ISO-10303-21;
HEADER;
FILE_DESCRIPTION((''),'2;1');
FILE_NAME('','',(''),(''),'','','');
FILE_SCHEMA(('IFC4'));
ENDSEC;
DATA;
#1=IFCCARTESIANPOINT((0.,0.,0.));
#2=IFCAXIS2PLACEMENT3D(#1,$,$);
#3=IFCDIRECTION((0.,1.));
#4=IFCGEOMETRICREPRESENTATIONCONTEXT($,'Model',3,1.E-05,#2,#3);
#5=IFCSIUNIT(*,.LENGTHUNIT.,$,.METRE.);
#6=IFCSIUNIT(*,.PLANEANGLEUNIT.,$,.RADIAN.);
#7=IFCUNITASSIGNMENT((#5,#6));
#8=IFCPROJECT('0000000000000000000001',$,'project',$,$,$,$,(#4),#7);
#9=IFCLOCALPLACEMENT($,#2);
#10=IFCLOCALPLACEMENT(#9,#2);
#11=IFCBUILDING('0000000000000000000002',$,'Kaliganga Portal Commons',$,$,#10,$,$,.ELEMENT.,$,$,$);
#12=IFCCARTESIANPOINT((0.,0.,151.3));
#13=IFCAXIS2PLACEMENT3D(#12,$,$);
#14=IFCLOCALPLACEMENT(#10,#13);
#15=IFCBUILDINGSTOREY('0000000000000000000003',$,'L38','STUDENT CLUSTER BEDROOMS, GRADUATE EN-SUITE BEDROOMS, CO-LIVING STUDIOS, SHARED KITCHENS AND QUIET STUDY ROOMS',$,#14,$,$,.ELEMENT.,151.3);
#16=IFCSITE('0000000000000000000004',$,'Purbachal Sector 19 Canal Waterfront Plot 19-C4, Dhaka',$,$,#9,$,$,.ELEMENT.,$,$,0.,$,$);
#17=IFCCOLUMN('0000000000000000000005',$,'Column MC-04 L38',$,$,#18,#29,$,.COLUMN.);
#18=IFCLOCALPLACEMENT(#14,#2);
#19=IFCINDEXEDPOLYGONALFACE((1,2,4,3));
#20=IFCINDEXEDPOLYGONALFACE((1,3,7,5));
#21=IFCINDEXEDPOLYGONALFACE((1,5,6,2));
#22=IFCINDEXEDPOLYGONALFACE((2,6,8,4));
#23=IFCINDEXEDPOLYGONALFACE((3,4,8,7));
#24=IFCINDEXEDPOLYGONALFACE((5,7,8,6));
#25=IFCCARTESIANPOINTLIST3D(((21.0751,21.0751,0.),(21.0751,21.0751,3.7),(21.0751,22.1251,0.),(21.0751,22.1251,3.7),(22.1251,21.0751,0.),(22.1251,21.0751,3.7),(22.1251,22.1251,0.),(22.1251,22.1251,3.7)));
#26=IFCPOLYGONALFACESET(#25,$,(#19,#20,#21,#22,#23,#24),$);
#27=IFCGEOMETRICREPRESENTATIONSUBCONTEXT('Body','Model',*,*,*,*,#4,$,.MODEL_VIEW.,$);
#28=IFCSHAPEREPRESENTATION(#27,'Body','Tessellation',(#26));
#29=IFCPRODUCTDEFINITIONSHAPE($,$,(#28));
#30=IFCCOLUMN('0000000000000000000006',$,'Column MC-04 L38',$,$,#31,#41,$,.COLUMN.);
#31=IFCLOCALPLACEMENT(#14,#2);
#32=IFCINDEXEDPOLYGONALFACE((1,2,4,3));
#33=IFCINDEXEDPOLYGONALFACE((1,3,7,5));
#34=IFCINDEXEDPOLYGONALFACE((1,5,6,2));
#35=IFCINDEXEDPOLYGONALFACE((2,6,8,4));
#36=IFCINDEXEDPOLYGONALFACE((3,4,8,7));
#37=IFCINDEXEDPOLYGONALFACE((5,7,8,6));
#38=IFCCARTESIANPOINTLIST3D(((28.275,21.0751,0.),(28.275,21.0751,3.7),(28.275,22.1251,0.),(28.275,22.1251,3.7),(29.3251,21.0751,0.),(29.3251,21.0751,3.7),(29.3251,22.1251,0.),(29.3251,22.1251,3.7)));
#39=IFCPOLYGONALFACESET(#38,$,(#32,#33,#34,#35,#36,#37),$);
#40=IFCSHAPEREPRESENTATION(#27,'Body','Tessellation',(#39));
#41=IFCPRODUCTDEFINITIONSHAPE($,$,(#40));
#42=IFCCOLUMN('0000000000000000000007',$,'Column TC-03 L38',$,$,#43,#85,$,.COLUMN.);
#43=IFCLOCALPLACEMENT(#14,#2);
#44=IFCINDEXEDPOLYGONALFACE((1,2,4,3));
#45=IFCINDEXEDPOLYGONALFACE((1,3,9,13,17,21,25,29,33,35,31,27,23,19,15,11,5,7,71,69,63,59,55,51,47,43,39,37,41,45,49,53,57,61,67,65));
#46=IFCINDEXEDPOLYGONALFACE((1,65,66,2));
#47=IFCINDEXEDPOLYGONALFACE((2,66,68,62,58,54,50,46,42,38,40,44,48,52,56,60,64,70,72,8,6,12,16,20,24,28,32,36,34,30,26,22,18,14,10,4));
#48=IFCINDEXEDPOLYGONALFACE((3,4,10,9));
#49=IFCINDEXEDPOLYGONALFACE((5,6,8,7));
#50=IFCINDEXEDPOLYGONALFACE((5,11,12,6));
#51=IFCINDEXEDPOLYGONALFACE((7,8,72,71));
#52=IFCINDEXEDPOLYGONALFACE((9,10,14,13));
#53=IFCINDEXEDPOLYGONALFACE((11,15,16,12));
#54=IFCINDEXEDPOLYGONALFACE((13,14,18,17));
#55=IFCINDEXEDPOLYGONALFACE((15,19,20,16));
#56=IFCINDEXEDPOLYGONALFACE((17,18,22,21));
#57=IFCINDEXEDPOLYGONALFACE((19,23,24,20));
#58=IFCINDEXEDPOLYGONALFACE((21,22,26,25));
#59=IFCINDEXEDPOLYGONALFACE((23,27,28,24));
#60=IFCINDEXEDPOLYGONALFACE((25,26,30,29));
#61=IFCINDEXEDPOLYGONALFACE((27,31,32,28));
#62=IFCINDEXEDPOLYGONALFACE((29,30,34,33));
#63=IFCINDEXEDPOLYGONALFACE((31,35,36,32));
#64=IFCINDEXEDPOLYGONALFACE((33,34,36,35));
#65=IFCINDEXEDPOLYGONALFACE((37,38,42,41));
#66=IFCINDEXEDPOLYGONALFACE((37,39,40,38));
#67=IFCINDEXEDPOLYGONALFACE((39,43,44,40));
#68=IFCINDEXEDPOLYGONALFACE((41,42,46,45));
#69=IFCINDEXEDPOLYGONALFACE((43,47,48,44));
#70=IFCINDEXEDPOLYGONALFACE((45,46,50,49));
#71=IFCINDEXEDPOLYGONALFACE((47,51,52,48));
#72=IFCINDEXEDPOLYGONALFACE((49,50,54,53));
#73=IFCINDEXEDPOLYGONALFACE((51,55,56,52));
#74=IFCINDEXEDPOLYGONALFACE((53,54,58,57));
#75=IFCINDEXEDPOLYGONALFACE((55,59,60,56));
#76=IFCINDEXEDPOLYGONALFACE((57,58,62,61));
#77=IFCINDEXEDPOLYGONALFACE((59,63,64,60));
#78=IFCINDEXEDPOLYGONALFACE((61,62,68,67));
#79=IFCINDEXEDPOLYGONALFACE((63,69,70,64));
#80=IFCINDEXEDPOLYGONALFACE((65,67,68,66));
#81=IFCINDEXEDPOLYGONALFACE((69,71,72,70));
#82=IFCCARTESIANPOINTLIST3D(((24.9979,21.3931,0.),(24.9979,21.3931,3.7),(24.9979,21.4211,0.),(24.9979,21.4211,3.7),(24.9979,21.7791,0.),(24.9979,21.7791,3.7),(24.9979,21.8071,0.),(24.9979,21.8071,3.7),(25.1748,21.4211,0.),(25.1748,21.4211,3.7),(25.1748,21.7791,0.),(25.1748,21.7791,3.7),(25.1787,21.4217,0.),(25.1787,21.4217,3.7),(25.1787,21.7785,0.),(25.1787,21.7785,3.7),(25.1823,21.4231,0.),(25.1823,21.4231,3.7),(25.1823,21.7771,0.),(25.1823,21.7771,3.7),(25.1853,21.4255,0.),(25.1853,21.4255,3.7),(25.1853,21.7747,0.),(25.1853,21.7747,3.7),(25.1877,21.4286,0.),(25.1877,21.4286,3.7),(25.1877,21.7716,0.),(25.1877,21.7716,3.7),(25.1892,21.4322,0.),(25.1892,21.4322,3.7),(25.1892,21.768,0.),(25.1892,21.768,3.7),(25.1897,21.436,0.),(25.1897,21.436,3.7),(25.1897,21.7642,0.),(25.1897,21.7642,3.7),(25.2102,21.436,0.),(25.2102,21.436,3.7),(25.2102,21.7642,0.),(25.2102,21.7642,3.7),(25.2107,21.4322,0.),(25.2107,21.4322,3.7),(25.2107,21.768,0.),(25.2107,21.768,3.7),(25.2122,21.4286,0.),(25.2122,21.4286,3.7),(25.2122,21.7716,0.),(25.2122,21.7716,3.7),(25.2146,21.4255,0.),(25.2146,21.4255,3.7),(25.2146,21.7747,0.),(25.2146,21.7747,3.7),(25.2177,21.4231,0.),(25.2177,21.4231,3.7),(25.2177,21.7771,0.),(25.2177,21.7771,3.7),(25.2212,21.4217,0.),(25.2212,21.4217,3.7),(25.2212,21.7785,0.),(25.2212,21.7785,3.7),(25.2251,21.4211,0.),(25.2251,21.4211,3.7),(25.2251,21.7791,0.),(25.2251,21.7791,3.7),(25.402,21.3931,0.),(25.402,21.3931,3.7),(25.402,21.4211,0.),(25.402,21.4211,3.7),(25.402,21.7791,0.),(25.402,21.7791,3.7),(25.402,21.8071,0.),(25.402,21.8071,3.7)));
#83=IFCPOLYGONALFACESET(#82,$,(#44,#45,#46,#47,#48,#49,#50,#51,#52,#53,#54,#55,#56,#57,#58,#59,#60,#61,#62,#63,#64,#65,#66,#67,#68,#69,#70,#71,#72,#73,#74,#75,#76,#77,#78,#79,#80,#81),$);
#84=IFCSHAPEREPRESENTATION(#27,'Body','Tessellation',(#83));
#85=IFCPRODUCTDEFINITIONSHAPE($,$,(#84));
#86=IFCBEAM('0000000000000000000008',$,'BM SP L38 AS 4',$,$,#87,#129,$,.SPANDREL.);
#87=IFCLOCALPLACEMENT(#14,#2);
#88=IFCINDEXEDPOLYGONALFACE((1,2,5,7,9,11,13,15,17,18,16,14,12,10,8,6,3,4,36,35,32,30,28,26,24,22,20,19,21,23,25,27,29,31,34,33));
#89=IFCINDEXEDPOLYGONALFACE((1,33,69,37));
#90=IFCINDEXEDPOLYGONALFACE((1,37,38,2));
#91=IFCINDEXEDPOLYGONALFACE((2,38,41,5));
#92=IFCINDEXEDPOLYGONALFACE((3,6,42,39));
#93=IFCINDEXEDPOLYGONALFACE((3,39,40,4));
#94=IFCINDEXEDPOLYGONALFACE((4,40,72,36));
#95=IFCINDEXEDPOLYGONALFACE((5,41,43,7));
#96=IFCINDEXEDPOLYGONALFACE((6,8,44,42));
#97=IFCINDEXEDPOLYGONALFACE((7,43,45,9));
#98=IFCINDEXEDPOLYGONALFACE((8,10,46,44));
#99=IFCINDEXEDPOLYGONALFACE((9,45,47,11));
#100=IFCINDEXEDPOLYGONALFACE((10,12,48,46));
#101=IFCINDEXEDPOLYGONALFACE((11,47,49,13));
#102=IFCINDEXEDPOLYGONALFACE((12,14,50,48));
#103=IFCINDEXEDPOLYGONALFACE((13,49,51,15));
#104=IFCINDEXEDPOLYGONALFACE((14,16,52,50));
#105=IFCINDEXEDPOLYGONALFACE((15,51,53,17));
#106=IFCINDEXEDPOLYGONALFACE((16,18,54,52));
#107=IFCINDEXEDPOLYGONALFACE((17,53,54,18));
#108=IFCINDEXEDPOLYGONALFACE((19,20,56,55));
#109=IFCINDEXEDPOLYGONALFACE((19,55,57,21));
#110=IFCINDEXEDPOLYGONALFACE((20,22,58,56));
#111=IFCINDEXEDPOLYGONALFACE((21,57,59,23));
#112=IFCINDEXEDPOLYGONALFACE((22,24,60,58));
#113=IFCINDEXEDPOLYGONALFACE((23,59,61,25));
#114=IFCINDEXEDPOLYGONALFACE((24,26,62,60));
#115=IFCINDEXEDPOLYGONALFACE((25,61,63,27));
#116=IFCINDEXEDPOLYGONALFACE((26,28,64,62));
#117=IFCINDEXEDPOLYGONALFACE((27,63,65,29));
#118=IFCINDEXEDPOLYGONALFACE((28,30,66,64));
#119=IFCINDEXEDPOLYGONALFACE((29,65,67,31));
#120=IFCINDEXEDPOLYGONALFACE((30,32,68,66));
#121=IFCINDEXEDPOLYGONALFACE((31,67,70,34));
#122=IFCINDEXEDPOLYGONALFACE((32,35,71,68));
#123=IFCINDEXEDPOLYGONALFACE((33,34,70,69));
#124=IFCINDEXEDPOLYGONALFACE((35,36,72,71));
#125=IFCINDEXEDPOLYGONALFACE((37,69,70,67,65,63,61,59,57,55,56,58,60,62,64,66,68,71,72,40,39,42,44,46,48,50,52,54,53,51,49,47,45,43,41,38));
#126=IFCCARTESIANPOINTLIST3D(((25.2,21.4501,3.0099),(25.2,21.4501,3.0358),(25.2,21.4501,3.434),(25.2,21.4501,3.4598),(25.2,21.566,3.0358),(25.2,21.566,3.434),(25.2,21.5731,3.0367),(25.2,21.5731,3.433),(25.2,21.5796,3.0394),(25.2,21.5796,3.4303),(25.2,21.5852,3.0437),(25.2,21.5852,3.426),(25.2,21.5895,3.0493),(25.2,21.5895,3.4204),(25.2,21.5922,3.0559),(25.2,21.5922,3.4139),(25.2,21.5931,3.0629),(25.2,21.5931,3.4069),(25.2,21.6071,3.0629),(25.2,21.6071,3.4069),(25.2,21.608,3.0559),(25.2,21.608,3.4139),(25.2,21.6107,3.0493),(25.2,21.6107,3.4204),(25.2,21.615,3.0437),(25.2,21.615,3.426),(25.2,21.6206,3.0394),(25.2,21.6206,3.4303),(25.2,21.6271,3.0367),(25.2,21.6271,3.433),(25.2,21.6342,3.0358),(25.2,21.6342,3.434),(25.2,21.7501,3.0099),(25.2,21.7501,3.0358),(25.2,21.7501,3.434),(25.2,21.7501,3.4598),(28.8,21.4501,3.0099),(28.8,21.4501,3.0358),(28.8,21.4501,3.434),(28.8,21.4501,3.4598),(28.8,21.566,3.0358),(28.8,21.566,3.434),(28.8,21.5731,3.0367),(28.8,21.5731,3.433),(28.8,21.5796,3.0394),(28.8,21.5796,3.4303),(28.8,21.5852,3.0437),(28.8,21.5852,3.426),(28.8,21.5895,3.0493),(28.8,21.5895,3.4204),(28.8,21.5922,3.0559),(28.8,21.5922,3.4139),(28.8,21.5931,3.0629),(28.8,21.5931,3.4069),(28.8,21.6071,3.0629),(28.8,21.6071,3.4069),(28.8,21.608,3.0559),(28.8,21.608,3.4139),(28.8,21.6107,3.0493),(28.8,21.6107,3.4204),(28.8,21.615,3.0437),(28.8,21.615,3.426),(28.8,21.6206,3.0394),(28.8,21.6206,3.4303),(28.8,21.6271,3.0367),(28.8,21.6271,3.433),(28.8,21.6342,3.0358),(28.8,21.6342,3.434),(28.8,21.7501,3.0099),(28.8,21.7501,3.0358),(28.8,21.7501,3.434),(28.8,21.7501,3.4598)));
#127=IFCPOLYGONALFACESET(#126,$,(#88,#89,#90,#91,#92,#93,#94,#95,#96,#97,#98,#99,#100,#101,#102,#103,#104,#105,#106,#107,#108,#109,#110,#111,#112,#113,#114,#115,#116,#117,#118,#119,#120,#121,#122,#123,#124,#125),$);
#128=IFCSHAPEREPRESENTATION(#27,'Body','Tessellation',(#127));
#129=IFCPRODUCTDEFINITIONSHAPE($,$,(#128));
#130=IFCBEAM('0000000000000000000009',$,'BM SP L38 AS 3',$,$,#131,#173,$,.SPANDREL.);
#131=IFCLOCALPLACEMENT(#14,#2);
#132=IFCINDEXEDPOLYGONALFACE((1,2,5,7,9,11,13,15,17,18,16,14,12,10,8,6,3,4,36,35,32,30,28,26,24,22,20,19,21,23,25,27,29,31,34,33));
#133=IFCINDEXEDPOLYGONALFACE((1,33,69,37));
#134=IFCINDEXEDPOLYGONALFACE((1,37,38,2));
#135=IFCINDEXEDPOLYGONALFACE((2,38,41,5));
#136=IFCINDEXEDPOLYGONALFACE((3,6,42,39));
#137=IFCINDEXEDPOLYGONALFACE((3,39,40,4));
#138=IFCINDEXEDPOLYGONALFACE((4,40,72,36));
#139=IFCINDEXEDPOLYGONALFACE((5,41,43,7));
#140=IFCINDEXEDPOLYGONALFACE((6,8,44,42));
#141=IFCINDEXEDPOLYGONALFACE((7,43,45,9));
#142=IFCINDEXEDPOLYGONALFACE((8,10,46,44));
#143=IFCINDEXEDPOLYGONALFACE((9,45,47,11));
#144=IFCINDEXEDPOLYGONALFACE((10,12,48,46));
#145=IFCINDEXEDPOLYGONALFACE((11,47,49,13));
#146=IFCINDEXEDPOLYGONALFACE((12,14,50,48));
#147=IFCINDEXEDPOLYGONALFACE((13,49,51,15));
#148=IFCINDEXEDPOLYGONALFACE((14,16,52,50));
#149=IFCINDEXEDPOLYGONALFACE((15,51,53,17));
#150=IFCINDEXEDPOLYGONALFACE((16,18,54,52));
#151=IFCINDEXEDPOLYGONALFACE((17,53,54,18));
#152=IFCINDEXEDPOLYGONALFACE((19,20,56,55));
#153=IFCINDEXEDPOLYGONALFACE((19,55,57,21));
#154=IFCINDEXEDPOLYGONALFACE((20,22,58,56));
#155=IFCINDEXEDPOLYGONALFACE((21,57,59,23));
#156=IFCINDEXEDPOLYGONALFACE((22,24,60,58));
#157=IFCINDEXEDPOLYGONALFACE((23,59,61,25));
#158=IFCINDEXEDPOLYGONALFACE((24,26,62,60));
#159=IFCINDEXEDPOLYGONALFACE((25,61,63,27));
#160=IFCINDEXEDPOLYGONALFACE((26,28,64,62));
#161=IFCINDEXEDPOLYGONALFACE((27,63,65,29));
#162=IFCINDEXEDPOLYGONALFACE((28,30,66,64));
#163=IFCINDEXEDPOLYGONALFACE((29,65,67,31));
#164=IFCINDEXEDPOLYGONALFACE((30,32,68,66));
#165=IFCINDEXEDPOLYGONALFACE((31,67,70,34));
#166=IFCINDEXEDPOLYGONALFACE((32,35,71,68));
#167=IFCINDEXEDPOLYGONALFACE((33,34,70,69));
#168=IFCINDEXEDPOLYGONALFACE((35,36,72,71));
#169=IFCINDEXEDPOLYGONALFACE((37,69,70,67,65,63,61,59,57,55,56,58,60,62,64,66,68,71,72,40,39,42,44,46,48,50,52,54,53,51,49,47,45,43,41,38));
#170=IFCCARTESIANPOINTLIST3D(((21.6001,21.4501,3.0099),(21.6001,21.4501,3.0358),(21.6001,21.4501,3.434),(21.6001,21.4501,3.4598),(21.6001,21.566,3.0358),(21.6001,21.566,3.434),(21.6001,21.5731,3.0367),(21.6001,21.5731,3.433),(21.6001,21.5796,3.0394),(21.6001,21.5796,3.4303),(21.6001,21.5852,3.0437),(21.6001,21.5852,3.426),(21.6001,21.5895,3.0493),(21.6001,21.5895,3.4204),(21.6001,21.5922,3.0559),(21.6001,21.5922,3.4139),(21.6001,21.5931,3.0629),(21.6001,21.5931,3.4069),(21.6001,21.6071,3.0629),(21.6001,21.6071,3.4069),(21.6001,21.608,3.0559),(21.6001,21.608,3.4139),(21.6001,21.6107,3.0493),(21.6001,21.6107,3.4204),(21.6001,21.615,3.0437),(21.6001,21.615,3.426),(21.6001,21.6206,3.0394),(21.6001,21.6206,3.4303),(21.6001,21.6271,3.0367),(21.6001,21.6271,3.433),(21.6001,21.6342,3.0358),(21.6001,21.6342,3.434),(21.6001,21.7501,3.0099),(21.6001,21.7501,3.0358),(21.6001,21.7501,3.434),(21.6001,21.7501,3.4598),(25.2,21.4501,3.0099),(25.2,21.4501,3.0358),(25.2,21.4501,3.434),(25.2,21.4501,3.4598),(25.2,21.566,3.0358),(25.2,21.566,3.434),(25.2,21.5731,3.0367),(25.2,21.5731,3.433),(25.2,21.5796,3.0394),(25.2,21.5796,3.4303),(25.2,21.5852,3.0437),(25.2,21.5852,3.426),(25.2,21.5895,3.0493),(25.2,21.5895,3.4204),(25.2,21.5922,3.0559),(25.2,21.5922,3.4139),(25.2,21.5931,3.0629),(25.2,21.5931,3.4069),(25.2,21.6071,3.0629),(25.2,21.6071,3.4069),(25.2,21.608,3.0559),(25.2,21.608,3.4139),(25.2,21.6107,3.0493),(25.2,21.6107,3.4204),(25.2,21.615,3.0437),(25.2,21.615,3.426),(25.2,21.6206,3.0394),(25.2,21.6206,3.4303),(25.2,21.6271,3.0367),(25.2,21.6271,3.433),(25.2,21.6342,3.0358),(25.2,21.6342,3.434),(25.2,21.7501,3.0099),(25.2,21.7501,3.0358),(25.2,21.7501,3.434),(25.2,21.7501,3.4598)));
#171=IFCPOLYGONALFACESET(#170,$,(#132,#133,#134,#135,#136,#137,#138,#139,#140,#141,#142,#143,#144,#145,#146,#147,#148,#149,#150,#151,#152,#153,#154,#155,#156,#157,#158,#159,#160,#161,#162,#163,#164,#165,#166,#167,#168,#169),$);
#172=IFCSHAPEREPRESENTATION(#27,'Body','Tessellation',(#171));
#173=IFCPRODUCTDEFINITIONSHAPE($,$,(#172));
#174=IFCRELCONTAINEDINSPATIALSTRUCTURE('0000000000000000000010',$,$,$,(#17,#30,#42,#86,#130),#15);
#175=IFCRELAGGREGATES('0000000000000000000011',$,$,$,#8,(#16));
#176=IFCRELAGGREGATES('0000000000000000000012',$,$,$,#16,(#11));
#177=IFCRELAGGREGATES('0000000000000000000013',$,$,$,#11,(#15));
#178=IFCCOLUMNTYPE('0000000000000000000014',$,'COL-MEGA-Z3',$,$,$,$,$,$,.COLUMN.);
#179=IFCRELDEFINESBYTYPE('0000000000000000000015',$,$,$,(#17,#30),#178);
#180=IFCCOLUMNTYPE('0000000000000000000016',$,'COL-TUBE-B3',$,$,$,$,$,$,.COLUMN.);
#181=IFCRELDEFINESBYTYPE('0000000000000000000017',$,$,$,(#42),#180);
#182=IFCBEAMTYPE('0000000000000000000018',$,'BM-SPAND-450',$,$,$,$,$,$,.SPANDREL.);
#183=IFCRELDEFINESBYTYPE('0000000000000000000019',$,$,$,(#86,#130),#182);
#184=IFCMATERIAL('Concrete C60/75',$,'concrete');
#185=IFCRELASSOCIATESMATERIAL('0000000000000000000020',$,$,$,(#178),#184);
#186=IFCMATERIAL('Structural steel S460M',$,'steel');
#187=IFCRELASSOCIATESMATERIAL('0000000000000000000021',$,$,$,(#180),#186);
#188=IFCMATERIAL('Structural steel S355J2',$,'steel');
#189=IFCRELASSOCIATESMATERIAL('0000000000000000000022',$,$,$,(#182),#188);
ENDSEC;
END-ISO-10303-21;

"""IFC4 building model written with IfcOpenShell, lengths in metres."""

from ifc_helpers import new_model, si_unit, direction, frame, origin, origin_2d, place, context, subcontext, project, spatial, rectangle, i_section, extrude, source, transform, mapped, material, material_profile, profile_set, type_object, element, save


model = new_model("IFC4")

# Units and contexts
model_context = context("Model", 3, precision=1e-05, world=origin(), true_north=direction((0.0, 1.0)))
body_context = subcontext(model_context, "Body", "Model", "MODEL_VIEW")
ifc_project = project(units=[si_unit("LENGTHUNIT", "METRE"), si_unit("PLANEANGLEUNIT", "RADIAN")], contexts=[model_context])

# Site, building, storey
site_placement = place(None, origin())
site = spatial("IfcSite", under=ifc_project, at=site_placement, Name="Purbachal Sector 19 Canal Waterfront Plot 19-C4, Dhaka", CompositionType="ELEMENT", RefElevation=0.0)
building_placement = place(site_placement, origin())
building = spatial("IfcBuilding", under=site, at=building_placement, Name="Kaliganga Portal Commons", CompositionType="ELEMENT")
storey_placement = place(building_placement, frame((0.0, 0.0, 151.3)))
storey = spatial("IfcBuildingStorey", under=building, at=storey_placement, Name="L38", Description="STUDENT CLUSTER BEDROOMS, GRADUATE EN-SUITE BEDROOMS, CO-LIVING STUDIOS, SHARED KITCHENS AND QUIET STUDY ROOMS", CompositionType="ELEMENT", Elevation=151.3)

# Columns
ifc_material_1 = material(Name="Concrete C60/75", Category="concrete")
ifc_material_profile_1 = material_profile(ifc_material_1, rectangle(XDim=1.05, YDim=1.05, at=origin_2d()), Name="RC 1050x1050")
ifc_profile_set_1 = profile_set([ifc_material_profile_1], Name="Concrete C60/75")
column_type_1 = type_object("IfcColumnType", Name="COL-MEGA-Z3", PredefinedType="COLUMN", material=ifc_profile_set_1)
shared_shape_1 = source(origin(), body_context, "Body", "SweptSolid", [
    extrude(rectangle(XDim=1.05, YDim=1.05, at=origin_2d()), origin(), (0.0, 0.0, 1.0), 3.7),
])
for number, where, z_axis, x_axis, name in (
    (1, (21.6001, 21.6001, 0.0), (0.0, 0.0, 1.0), (1.0, 0.0, 0.0), "Column MC-04 L38"),
    (2, (28.8, 21.6001, 0.0), (0.0, 0.0, 1.0), (1.0, 0.0, 0.0), "Column MC-04 L38"),
):
    element("IfcColumn", number, at=place(storey_placement, frame(where, z_axis=z_axis, x_axis=x_axis)), inside=storey, type_object=column_type_1, Name=name, PredefinedType="COLUMN", context=body_context, shape_type="MappedRepresentation", body=[
        mapped(shared_shape_1, transform((0.0, 0.0, 0.0), x_axis=(1.0, 0.0, 0.0), y_axis=(0.0, 1.0, 0.0), z_axis=(0.0, 0.0, 1.0), scale=1.0)),
    ])
ifc_material_2 = material(Name="Structural steel S460M", Category="steel")
ifc_material_profile_2 = material_profile(ifc_material_2, i_section(OverallWidth=0.4041, OverallDepth=0.4141, WebThickness=0.0205, FlangeThickness=0.0281, FilletRadius=0.0149, at=origin_2d()), Name="HD 400x347")
ifc_profile_set_2 = profile_set([ifc_material_profile_2], Name="Structural steel S460M wide-flange")
column_type_2 = type_object("IfcColumnType", Name="COL-TUBE-B3", PredefinedType="COLUMN", material=ifc_profile_set_2)
shared_shape_2 = source(origin(), body_context, "Body", "SweptSolid", [
    extrude(i_section(OverallWidth=0.4041, OverallDepth=0.4141, WebThickness=0.0205, FlangeThickness=0.0281, FilletRadius=0.0149, at=origin_2d()), origin(), (0.0, 0.0, 1.0), 3.7),
])
column_placement = place(storey_placement, frame((25.2, 21.6001, 0.0), z_axis=(0.0, 0.0, 1.0), x_axis=(1.0, 0.0, 0.0)))
element("IfcColumn", 3, at=column_placement, inside=storey, type_object=column_type_2, Name="Column TC-03 L38", PredefinedType="COLUMN", context=body_context, shape_type="MappedRepresentation", body=[
    mapped(shared_shape_2, transform((0.0, 0.0, 0.0), x_axis=(1.0, 0.0, 0.0), y_axis=(0.0, 1.0, 0.0), z_axis=(0.0, 0.0, 1.0), scale=1.0)),
])

# Beams
ifc_material_3 = material(Name="Structural steel S355J2", Category="steel")
ifc_material_profile_3 = material_profile(ifc_material_3, i_section(OverallWidth=0.3, OverallDepth=0.45, WebThickness=0.0139, FlangeThickness=0.0259, FilletRadius=0.0271, at=origin_2d()), Name="HE 450 B")
ifc_profile_set_3 = profile_set([ifc_material_profile_3], Name="Structural steel S355J2 wide-flange")
beam_type_1 = type_object("IfcBeamType", Name="BM-SPAND-450", PredefinedType="SPANDREL", material=ifc_profile_set_3)
shared_shape_3 = source(origin(), body_context, "Body", "SweptSolid", [
    extrude(i_section(OverallWidth=0.3, OverallDepth=0.45, WebThickness=0.0139, FlangeThickness=0.0259, FilletRadius=0.0271, at=origin_2d()), origin(), (0.0, 0.0, 1.0), 3.6001),
])
beam_1_placement = place(storey_placement, frame((25.2, 21.6001, 3.2349), z_axis=(1.0, 0.0, 0.0), x_axis=(0.0, 1.0, 0.0)))
element("IfcBeam", 4, at=beam_1_placement, inside=storey, type_object=beam_type_1, Name="BM SP L38 AS 4", PredefinedType="SPANDREL", context=body_context, shape_type="MappedRepresentation", body=[
    mapped(shared_shape_3, transform((0.0, 0.0, 0.0), x_axis=(1.0, 0.0, 0.0), y_axis=(0.0, 1.0, 0.0), z_axis=(0.0, 0.0, 1.0), scale=1.0)),
])
shared_shape_4 = source(origin(), body_context, "Body", "SweptSolid", [
    extrude(i_section(OverallWidth=0.3, OverallDepth=0.45, WebThickness=0.0139, FlangeThickness=0.0259, FilletRadius=0.0271, at=origin_2d()), origin(), (0.0, 0.0, 1.0), 3.5999),
])
beam_2_placement = place(storey_placement, frame((21.6001, 21.6001, 3.2349), z_axis=(1.0, 0.0, 0.0), x_axis=(0.0, 1.0, 0.0)))
element("IfcBeam", 5, at=beam_2_placement, inside=storey, type_object=beam_type_1, Name="BM SP L38 AS 3", PredefinedType="SPANDREL", context=body_context, shape_type="MappedRepresentation", body=[
    mapped(shared_shape_4, transform((0.0, 0.0, 0.0), x_axis=(1.0, 0.0, 0.0), y_axis=(0.0, 1.0, 0.0), z_axis=(0.0, 0.0, 1.0), scale=1.0)),
])

save(model, "model.ifc")
